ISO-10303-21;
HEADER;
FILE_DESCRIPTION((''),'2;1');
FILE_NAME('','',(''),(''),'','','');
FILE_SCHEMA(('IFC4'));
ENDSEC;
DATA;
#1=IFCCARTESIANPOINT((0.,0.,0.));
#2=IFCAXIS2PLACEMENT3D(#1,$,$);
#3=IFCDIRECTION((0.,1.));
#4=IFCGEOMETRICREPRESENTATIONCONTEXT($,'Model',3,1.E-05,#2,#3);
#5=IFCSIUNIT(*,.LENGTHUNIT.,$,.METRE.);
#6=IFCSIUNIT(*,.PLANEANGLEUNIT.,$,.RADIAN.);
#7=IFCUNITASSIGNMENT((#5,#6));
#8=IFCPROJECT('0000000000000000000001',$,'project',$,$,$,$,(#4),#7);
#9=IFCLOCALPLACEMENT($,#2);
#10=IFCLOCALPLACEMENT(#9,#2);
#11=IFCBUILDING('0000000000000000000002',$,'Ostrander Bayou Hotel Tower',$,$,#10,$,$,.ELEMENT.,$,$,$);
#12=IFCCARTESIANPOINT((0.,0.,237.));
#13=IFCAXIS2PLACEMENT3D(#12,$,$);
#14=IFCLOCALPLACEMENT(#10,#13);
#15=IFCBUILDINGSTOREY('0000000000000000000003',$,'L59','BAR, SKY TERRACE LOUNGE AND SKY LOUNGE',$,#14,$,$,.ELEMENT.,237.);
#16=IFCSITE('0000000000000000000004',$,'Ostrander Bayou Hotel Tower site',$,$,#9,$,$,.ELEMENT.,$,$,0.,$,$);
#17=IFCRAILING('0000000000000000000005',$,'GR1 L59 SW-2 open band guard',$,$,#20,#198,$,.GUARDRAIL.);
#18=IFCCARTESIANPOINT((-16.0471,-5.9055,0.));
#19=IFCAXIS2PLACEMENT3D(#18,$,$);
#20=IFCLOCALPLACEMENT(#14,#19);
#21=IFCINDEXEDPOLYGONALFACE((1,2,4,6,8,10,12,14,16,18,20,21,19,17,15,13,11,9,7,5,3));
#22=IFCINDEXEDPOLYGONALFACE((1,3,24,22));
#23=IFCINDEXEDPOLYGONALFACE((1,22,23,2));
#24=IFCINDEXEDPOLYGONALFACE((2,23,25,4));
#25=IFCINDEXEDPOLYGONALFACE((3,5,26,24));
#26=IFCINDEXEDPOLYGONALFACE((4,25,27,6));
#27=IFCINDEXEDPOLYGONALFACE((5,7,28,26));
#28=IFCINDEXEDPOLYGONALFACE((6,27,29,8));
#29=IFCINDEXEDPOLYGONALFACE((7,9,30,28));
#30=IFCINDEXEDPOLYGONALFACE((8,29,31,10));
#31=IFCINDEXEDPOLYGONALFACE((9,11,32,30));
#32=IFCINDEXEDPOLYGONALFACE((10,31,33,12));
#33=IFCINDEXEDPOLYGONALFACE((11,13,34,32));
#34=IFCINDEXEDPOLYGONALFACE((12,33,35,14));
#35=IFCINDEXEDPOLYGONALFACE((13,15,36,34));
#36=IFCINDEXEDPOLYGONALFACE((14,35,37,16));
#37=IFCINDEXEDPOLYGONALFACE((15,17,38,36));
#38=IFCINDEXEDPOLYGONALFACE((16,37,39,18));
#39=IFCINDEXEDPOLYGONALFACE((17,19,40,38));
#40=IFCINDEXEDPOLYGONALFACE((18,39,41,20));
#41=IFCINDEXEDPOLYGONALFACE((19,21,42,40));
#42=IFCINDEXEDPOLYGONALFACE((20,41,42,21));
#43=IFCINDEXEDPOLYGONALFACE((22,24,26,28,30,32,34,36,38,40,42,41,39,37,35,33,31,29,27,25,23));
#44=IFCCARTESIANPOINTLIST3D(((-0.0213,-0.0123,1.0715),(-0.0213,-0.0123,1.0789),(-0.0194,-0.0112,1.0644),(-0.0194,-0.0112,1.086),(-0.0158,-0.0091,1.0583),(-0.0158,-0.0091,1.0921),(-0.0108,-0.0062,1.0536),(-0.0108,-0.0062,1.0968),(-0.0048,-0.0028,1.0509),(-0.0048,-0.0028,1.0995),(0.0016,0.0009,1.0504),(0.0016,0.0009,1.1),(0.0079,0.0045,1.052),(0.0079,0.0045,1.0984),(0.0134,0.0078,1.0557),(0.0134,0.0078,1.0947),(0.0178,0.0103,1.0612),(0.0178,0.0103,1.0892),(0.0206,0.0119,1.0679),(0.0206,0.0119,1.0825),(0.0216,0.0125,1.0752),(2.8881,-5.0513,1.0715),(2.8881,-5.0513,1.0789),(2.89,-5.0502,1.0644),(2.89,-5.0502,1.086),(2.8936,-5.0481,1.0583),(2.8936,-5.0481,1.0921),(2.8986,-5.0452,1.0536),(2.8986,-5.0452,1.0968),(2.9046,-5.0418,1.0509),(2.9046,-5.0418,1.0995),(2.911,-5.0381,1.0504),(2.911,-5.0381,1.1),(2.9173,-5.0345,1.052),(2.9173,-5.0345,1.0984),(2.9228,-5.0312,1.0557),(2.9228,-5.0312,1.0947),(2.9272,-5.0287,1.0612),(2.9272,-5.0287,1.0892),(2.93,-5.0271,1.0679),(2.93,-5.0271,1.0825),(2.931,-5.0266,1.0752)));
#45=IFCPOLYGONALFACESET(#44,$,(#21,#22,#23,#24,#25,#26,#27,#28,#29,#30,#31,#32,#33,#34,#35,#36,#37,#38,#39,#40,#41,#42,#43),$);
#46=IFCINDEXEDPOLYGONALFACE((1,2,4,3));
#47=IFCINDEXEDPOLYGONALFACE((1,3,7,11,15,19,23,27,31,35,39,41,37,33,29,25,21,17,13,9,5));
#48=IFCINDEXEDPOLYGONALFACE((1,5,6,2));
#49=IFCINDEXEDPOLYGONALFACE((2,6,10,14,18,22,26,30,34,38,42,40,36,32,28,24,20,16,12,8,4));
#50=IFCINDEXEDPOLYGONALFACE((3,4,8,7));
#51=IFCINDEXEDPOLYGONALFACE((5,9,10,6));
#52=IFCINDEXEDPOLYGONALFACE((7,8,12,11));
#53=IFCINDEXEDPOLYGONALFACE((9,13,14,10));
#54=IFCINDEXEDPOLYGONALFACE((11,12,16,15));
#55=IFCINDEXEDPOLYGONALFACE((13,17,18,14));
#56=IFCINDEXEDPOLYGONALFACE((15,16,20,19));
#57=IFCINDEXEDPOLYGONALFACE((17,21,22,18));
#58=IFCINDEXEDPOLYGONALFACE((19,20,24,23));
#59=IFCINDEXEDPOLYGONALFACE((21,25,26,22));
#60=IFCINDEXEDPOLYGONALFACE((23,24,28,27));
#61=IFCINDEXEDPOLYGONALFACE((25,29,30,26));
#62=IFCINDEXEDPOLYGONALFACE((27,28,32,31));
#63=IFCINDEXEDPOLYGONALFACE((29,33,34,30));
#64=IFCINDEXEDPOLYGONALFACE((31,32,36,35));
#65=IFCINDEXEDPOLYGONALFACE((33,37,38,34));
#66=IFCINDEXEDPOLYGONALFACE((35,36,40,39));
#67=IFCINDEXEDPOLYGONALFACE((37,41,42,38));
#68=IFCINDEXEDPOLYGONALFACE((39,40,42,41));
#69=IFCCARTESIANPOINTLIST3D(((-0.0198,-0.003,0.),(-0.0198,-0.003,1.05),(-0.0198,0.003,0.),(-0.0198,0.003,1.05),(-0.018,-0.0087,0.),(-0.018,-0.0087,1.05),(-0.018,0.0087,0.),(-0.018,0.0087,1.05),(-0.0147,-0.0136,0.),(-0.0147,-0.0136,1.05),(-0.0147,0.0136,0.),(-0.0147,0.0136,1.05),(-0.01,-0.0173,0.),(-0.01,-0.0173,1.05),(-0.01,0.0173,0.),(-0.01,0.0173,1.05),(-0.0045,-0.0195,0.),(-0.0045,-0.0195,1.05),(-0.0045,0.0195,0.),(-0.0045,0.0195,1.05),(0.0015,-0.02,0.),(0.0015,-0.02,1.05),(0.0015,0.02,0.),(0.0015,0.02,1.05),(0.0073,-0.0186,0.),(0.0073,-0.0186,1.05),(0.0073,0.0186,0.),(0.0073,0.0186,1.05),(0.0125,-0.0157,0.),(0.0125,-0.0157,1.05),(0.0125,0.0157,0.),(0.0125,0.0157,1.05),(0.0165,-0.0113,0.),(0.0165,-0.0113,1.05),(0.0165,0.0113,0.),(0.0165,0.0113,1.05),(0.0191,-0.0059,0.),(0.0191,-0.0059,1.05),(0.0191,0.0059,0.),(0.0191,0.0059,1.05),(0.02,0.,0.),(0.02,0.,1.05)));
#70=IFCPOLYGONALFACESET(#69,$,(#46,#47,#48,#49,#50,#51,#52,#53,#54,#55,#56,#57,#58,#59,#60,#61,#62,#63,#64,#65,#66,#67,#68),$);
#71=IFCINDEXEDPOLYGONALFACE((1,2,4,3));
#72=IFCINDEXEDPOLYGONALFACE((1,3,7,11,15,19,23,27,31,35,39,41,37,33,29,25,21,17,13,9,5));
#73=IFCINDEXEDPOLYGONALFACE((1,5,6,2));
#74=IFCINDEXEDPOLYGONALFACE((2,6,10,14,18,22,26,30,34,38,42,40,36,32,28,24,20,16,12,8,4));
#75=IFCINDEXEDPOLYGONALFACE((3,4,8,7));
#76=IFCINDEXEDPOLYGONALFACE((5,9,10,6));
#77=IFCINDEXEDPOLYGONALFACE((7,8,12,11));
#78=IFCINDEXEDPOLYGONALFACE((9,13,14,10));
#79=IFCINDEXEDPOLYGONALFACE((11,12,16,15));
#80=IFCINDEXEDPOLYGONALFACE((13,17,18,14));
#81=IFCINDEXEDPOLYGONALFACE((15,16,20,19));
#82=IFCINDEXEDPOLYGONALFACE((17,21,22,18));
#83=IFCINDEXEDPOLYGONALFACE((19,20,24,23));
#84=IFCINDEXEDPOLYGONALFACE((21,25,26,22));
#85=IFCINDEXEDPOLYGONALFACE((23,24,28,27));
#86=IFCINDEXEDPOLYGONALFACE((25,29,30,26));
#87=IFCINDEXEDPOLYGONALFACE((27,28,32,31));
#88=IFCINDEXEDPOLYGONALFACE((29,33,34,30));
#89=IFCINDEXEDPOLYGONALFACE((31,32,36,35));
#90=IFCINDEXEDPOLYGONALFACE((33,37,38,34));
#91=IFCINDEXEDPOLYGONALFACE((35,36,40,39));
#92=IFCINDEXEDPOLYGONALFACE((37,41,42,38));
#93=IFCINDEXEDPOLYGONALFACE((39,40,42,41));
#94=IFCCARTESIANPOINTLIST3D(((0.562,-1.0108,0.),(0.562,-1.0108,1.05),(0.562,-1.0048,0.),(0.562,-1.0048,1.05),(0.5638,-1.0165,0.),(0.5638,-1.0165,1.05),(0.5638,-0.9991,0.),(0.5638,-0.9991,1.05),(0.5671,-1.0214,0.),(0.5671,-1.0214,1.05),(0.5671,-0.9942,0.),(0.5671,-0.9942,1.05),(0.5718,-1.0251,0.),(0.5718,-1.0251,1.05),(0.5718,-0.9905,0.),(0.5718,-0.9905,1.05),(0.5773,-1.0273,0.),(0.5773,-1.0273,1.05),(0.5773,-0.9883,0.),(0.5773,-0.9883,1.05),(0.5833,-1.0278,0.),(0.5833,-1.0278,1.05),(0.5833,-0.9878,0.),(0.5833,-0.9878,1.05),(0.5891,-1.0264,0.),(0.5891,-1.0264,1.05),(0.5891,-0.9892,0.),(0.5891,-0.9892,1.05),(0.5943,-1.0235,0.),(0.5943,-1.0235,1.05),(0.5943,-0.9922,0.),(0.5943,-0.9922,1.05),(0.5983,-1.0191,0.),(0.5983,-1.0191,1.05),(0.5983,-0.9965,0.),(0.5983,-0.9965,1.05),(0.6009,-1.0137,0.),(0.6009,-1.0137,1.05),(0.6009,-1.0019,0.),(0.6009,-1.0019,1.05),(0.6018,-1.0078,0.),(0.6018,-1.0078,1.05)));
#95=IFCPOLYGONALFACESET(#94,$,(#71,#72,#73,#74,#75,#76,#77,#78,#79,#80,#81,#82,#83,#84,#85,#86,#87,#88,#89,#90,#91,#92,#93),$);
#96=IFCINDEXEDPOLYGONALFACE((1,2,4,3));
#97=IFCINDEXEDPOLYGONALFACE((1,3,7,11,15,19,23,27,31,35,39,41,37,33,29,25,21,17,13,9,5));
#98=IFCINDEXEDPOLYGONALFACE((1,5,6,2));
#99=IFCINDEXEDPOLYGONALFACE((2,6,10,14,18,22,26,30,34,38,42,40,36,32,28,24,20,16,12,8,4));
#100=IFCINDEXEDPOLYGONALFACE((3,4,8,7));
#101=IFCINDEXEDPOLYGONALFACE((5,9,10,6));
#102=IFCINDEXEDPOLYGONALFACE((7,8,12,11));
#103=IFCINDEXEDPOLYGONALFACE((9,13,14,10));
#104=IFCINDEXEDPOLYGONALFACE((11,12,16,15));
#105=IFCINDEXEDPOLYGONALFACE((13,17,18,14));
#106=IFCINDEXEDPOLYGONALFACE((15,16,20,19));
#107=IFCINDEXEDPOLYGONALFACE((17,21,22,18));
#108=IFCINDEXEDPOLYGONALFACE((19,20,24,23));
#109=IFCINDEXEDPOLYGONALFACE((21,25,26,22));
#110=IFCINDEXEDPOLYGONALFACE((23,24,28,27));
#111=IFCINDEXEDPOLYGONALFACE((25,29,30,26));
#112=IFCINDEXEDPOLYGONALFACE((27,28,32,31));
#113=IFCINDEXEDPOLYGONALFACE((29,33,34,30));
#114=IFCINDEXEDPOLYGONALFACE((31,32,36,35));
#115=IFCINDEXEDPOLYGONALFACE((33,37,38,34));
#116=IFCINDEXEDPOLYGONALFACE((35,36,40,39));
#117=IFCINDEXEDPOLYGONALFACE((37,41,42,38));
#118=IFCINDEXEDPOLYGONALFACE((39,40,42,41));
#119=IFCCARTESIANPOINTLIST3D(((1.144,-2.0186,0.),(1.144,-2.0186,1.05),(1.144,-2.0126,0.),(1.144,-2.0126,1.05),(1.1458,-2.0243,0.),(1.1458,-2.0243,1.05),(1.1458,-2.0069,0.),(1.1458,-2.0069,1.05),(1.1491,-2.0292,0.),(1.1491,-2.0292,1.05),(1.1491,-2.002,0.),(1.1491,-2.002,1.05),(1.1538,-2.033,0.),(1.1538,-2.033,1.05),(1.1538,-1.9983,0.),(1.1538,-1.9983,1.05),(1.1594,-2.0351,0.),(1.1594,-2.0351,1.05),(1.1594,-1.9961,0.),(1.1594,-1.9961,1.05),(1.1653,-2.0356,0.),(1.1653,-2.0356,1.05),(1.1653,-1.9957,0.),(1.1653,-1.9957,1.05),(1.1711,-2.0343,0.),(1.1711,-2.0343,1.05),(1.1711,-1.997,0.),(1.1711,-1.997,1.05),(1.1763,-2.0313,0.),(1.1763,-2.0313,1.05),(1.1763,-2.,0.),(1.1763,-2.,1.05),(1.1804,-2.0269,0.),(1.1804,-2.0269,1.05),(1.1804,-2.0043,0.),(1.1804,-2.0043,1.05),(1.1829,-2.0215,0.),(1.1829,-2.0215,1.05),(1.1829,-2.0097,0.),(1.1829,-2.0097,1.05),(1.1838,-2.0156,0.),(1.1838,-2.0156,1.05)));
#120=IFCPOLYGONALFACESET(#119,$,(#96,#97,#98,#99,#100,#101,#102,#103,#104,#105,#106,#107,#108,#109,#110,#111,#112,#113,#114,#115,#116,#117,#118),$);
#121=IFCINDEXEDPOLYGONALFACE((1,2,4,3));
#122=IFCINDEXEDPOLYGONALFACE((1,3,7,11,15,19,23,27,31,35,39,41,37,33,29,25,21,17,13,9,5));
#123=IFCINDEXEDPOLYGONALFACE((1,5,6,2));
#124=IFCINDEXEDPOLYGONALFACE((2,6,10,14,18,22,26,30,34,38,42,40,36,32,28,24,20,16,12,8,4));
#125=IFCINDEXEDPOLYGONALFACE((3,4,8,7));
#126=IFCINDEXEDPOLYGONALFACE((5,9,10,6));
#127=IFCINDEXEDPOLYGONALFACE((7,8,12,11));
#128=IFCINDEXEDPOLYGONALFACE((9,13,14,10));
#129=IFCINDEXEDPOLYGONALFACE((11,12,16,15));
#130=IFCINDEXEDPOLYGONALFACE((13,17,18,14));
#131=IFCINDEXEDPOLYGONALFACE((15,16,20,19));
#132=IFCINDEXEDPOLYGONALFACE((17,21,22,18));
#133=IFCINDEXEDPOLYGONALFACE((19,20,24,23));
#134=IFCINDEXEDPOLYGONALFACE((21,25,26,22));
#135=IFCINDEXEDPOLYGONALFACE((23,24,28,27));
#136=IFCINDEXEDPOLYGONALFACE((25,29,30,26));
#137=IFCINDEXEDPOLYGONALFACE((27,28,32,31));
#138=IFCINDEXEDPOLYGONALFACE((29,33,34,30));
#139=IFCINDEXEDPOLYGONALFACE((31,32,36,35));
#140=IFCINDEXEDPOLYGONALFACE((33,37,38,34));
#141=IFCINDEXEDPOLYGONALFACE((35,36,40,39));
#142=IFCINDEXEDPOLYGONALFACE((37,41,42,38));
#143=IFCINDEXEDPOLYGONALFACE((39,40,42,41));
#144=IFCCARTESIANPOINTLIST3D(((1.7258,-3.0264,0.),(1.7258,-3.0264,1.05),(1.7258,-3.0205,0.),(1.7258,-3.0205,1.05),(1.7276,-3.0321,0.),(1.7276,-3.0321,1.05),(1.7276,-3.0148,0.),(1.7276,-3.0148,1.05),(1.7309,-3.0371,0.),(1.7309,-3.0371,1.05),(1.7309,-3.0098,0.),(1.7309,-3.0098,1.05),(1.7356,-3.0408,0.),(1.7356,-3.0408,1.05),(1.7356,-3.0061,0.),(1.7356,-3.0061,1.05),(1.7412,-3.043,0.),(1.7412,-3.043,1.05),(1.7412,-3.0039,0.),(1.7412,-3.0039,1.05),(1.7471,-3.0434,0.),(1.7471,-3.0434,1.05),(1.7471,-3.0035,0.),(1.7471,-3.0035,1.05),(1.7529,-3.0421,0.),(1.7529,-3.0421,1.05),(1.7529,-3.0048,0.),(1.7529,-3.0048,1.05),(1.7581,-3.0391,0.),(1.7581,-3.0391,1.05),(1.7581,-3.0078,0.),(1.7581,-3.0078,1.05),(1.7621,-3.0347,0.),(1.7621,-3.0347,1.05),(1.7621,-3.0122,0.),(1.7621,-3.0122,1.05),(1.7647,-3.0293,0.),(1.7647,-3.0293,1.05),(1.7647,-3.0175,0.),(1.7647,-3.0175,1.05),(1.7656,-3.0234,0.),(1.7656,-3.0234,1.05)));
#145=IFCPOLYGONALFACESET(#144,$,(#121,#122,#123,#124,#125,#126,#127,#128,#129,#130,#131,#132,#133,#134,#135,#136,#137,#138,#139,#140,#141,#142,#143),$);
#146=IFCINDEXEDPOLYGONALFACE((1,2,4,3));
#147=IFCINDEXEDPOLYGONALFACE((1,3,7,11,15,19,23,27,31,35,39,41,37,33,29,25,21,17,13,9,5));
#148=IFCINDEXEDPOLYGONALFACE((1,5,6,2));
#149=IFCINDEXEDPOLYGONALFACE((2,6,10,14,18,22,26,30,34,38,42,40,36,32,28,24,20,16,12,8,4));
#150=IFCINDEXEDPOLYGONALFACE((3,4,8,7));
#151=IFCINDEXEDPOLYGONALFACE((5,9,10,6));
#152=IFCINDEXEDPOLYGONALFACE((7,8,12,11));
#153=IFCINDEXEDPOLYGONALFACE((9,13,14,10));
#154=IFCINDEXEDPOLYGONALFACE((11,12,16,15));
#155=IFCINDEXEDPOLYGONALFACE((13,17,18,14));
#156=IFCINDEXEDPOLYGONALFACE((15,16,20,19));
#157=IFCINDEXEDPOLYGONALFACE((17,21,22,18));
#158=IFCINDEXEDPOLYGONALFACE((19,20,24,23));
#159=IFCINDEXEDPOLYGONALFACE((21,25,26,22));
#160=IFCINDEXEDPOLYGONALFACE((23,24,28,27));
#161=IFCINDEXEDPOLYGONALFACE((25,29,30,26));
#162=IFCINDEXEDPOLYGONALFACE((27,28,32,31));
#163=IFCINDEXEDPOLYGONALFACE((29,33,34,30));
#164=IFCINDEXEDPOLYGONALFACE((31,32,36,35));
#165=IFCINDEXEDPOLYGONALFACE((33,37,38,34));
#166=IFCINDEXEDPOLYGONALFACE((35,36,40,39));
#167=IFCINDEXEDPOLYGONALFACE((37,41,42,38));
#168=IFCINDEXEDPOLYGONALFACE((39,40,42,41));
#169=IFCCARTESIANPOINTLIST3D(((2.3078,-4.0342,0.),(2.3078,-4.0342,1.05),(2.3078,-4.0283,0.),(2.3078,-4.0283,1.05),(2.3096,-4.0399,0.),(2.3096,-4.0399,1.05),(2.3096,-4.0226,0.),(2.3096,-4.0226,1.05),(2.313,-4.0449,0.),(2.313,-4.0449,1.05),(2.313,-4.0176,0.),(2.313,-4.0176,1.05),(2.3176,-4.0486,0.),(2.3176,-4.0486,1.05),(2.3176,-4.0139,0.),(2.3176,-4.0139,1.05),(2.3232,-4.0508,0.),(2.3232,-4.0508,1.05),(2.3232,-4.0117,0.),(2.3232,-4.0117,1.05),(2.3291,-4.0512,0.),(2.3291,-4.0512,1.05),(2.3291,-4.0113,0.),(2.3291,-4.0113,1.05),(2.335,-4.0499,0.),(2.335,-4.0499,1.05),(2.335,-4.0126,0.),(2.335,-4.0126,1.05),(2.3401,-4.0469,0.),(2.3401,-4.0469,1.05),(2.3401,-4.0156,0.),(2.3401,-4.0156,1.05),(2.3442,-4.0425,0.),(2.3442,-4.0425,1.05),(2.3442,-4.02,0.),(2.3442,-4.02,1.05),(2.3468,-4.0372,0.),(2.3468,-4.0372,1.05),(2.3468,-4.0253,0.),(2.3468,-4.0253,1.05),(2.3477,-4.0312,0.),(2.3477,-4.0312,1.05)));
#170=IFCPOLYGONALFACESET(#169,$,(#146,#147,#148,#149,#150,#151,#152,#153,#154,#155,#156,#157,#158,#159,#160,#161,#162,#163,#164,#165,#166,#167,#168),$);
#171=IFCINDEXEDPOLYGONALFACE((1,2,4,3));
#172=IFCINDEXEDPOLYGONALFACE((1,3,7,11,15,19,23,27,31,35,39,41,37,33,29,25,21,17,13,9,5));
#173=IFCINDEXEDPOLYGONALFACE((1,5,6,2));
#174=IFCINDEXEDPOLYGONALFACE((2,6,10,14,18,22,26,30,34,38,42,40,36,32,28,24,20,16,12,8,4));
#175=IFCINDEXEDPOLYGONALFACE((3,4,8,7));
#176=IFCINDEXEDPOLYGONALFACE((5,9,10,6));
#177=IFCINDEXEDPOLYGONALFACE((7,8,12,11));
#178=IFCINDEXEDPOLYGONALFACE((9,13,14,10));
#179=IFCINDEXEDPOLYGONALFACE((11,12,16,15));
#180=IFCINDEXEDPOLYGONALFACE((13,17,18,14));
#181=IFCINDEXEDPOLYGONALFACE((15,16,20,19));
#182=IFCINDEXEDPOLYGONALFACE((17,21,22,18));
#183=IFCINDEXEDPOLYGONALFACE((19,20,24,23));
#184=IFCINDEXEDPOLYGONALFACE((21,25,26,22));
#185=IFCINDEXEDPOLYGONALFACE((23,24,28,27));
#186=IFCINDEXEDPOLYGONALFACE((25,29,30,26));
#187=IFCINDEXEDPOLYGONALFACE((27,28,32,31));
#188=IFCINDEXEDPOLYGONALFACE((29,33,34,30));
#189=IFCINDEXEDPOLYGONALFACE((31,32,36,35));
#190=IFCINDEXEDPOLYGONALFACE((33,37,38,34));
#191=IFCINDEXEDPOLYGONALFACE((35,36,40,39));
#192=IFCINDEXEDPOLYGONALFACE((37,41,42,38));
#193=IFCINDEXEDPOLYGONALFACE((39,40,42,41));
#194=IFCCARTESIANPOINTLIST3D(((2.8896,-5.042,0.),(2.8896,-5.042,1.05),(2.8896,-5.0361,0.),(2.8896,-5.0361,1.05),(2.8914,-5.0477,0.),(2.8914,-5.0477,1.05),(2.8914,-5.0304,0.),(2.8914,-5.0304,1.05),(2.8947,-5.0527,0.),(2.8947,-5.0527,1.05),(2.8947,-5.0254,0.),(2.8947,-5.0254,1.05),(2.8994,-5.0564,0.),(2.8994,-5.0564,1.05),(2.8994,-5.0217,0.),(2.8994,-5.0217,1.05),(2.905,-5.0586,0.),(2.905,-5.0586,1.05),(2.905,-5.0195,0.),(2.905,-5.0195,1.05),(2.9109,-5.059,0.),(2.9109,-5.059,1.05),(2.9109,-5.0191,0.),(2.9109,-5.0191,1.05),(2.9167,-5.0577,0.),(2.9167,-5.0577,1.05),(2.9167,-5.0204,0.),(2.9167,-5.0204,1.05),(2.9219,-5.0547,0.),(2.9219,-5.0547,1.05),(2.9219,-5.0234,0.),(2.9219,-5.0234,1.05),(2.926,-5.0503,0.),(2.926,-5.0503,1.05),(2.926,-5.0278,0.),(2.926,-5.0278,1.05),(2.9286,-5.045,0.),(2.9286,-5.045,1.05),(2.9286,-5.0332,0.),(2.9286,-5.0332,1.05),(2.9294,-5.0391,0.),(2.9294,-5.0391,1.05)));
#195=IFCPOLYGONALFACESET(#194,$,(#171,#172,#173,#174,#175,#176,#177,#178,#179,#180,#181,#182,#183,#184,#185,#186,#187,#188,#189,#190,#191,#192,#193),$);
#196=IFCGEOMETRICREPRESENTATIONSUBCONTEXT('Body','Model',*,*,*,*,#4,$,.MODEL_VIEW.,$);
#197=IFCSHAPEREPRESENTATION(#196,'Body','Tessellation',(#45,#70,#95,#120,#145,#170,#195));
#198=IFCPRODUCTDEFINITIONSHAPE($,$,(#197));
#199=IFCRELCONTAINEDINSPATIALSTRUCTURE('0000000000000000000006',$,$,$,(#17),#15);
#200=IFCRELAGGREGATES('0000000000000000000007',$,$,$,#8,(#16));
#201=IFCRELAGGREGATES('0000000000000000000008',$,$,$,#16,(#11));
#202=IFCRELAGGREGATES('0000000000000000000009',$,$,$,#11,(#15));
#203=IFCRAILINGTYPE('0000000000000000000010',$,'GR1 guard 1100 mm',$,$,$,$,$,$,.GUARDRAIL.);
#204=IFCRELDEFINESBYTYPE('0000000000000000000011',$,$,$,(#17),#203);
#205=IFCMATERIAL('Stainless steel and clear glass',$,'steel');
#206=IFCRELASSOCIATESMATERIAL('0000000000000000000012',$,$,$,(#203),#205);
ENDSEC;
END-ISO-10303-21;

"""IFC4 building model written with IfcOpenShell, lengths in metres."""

from ifc_helpers import new_model, si_unit, direction, frame, origin, origin_2d, place, context, subcontext, project, spatial, circle, extrude, material, type_object, element, save


model = new_model("IFC4")

# Units and contexts
model_context = context("Model", 3, precision=1e-05, world=origin(), true_north=direction((0.0, 1.0)))
body_context = subcontext(model_context, "Body", "Model", "MODEL_VIEW")
ifc_project = project(units=[si_unit("LENGTHUNIT", "METRE"), si_unit("PLANEANGLEUNIT", "RADIAN")], contexts=[model_context])

# Site, building, storey
site_placement = place(None, origin())
site = spatial("IfcSite", under=ifc_project, at=site_placement, Name="Ostrander Bayou Hotel Tower site", CompositionType="ELEMENT", RefElevation=0.0)
building_placement = place(site_placement, origin())
building = spatial("IfcBuilding", under=site, at=building_placement, Name="Ostrander Bayou Hotel Tower", CompositionType="ELEMENT")
storey_placement = place(building_placement, frame((0.0, 0.0, 237.0)))
storey = spatial("IfcBuildingStorey", under=building, at=storey_placement, Name="L59", Description="BAR, SKY TERRACE LOUNGE AND SKY LOUNGE", CompositionType="ELEMENT", Elevation=237.0)

# Railing
ifc_material_1 = material(Name="Stainless steel and clear glass", Category="steel")
railing_type_1 = type_object("IfcRailingType", Name="GR1 guard 1100 mm", PredefinedType="GUARDRAIL", material=ifc_material_1)
railing_1_placement = place(storey_placement, frame((-16.0471, -5.9055, 0.0)))
element("IfcRailing", 1, at=railing_1_placement, inside=storey, type_object=railing_type_1, Name="GR1 L59 SW-2 open band guard", PredefinedType="GUARDRAIL", context=body_context, shape_type="SweptSolid", body=[
    extrude(circle(Radius=0.0249, at=origin_2d()), frame((0.0, 0.0, 1.0752), z_axis=(0.500015, -0.866016, 0.0), x_axis=(0.866016, 0.500015, 0.0)), (0.0, 0.0, 1.0), 5.8186),
    extrude(circle(Radius=0.02, at=origin_2d()), origin(), (0.0, 0.0, 1.0), 1.05),
    extrude(circle(Radius=0.02, at=origin_2d()), frame((0.5818, -1.0078, 0.0)), (0.0, 0.0, 1.0), 1.05),
    extrude(circle(Radius=0.02, at=origin_2d()), frame((1.1638, -2.0156, 0.0)), (0.0, 0.0, 1.0), 1.05),
    extrude(circle(Radius=0.02, at=origin_2d()), frame((1.7456, -3.0234, 0.0)), (0.0, 0.0, 1.0), 1.05),
    extrude(circle(Radius=0.02, at=origin_2d()), frame((2.3276, -4.0312, 0.0)), (0.0, 0.0, 1.0), 1.05),
    extrude(circle(Radius=0.02, at=origin_2d()), frame((2.9094, -5.0391, 0.0)), (0.0, 0.0, 1.0), 1.05),
])

save(model, "model.ifc")
